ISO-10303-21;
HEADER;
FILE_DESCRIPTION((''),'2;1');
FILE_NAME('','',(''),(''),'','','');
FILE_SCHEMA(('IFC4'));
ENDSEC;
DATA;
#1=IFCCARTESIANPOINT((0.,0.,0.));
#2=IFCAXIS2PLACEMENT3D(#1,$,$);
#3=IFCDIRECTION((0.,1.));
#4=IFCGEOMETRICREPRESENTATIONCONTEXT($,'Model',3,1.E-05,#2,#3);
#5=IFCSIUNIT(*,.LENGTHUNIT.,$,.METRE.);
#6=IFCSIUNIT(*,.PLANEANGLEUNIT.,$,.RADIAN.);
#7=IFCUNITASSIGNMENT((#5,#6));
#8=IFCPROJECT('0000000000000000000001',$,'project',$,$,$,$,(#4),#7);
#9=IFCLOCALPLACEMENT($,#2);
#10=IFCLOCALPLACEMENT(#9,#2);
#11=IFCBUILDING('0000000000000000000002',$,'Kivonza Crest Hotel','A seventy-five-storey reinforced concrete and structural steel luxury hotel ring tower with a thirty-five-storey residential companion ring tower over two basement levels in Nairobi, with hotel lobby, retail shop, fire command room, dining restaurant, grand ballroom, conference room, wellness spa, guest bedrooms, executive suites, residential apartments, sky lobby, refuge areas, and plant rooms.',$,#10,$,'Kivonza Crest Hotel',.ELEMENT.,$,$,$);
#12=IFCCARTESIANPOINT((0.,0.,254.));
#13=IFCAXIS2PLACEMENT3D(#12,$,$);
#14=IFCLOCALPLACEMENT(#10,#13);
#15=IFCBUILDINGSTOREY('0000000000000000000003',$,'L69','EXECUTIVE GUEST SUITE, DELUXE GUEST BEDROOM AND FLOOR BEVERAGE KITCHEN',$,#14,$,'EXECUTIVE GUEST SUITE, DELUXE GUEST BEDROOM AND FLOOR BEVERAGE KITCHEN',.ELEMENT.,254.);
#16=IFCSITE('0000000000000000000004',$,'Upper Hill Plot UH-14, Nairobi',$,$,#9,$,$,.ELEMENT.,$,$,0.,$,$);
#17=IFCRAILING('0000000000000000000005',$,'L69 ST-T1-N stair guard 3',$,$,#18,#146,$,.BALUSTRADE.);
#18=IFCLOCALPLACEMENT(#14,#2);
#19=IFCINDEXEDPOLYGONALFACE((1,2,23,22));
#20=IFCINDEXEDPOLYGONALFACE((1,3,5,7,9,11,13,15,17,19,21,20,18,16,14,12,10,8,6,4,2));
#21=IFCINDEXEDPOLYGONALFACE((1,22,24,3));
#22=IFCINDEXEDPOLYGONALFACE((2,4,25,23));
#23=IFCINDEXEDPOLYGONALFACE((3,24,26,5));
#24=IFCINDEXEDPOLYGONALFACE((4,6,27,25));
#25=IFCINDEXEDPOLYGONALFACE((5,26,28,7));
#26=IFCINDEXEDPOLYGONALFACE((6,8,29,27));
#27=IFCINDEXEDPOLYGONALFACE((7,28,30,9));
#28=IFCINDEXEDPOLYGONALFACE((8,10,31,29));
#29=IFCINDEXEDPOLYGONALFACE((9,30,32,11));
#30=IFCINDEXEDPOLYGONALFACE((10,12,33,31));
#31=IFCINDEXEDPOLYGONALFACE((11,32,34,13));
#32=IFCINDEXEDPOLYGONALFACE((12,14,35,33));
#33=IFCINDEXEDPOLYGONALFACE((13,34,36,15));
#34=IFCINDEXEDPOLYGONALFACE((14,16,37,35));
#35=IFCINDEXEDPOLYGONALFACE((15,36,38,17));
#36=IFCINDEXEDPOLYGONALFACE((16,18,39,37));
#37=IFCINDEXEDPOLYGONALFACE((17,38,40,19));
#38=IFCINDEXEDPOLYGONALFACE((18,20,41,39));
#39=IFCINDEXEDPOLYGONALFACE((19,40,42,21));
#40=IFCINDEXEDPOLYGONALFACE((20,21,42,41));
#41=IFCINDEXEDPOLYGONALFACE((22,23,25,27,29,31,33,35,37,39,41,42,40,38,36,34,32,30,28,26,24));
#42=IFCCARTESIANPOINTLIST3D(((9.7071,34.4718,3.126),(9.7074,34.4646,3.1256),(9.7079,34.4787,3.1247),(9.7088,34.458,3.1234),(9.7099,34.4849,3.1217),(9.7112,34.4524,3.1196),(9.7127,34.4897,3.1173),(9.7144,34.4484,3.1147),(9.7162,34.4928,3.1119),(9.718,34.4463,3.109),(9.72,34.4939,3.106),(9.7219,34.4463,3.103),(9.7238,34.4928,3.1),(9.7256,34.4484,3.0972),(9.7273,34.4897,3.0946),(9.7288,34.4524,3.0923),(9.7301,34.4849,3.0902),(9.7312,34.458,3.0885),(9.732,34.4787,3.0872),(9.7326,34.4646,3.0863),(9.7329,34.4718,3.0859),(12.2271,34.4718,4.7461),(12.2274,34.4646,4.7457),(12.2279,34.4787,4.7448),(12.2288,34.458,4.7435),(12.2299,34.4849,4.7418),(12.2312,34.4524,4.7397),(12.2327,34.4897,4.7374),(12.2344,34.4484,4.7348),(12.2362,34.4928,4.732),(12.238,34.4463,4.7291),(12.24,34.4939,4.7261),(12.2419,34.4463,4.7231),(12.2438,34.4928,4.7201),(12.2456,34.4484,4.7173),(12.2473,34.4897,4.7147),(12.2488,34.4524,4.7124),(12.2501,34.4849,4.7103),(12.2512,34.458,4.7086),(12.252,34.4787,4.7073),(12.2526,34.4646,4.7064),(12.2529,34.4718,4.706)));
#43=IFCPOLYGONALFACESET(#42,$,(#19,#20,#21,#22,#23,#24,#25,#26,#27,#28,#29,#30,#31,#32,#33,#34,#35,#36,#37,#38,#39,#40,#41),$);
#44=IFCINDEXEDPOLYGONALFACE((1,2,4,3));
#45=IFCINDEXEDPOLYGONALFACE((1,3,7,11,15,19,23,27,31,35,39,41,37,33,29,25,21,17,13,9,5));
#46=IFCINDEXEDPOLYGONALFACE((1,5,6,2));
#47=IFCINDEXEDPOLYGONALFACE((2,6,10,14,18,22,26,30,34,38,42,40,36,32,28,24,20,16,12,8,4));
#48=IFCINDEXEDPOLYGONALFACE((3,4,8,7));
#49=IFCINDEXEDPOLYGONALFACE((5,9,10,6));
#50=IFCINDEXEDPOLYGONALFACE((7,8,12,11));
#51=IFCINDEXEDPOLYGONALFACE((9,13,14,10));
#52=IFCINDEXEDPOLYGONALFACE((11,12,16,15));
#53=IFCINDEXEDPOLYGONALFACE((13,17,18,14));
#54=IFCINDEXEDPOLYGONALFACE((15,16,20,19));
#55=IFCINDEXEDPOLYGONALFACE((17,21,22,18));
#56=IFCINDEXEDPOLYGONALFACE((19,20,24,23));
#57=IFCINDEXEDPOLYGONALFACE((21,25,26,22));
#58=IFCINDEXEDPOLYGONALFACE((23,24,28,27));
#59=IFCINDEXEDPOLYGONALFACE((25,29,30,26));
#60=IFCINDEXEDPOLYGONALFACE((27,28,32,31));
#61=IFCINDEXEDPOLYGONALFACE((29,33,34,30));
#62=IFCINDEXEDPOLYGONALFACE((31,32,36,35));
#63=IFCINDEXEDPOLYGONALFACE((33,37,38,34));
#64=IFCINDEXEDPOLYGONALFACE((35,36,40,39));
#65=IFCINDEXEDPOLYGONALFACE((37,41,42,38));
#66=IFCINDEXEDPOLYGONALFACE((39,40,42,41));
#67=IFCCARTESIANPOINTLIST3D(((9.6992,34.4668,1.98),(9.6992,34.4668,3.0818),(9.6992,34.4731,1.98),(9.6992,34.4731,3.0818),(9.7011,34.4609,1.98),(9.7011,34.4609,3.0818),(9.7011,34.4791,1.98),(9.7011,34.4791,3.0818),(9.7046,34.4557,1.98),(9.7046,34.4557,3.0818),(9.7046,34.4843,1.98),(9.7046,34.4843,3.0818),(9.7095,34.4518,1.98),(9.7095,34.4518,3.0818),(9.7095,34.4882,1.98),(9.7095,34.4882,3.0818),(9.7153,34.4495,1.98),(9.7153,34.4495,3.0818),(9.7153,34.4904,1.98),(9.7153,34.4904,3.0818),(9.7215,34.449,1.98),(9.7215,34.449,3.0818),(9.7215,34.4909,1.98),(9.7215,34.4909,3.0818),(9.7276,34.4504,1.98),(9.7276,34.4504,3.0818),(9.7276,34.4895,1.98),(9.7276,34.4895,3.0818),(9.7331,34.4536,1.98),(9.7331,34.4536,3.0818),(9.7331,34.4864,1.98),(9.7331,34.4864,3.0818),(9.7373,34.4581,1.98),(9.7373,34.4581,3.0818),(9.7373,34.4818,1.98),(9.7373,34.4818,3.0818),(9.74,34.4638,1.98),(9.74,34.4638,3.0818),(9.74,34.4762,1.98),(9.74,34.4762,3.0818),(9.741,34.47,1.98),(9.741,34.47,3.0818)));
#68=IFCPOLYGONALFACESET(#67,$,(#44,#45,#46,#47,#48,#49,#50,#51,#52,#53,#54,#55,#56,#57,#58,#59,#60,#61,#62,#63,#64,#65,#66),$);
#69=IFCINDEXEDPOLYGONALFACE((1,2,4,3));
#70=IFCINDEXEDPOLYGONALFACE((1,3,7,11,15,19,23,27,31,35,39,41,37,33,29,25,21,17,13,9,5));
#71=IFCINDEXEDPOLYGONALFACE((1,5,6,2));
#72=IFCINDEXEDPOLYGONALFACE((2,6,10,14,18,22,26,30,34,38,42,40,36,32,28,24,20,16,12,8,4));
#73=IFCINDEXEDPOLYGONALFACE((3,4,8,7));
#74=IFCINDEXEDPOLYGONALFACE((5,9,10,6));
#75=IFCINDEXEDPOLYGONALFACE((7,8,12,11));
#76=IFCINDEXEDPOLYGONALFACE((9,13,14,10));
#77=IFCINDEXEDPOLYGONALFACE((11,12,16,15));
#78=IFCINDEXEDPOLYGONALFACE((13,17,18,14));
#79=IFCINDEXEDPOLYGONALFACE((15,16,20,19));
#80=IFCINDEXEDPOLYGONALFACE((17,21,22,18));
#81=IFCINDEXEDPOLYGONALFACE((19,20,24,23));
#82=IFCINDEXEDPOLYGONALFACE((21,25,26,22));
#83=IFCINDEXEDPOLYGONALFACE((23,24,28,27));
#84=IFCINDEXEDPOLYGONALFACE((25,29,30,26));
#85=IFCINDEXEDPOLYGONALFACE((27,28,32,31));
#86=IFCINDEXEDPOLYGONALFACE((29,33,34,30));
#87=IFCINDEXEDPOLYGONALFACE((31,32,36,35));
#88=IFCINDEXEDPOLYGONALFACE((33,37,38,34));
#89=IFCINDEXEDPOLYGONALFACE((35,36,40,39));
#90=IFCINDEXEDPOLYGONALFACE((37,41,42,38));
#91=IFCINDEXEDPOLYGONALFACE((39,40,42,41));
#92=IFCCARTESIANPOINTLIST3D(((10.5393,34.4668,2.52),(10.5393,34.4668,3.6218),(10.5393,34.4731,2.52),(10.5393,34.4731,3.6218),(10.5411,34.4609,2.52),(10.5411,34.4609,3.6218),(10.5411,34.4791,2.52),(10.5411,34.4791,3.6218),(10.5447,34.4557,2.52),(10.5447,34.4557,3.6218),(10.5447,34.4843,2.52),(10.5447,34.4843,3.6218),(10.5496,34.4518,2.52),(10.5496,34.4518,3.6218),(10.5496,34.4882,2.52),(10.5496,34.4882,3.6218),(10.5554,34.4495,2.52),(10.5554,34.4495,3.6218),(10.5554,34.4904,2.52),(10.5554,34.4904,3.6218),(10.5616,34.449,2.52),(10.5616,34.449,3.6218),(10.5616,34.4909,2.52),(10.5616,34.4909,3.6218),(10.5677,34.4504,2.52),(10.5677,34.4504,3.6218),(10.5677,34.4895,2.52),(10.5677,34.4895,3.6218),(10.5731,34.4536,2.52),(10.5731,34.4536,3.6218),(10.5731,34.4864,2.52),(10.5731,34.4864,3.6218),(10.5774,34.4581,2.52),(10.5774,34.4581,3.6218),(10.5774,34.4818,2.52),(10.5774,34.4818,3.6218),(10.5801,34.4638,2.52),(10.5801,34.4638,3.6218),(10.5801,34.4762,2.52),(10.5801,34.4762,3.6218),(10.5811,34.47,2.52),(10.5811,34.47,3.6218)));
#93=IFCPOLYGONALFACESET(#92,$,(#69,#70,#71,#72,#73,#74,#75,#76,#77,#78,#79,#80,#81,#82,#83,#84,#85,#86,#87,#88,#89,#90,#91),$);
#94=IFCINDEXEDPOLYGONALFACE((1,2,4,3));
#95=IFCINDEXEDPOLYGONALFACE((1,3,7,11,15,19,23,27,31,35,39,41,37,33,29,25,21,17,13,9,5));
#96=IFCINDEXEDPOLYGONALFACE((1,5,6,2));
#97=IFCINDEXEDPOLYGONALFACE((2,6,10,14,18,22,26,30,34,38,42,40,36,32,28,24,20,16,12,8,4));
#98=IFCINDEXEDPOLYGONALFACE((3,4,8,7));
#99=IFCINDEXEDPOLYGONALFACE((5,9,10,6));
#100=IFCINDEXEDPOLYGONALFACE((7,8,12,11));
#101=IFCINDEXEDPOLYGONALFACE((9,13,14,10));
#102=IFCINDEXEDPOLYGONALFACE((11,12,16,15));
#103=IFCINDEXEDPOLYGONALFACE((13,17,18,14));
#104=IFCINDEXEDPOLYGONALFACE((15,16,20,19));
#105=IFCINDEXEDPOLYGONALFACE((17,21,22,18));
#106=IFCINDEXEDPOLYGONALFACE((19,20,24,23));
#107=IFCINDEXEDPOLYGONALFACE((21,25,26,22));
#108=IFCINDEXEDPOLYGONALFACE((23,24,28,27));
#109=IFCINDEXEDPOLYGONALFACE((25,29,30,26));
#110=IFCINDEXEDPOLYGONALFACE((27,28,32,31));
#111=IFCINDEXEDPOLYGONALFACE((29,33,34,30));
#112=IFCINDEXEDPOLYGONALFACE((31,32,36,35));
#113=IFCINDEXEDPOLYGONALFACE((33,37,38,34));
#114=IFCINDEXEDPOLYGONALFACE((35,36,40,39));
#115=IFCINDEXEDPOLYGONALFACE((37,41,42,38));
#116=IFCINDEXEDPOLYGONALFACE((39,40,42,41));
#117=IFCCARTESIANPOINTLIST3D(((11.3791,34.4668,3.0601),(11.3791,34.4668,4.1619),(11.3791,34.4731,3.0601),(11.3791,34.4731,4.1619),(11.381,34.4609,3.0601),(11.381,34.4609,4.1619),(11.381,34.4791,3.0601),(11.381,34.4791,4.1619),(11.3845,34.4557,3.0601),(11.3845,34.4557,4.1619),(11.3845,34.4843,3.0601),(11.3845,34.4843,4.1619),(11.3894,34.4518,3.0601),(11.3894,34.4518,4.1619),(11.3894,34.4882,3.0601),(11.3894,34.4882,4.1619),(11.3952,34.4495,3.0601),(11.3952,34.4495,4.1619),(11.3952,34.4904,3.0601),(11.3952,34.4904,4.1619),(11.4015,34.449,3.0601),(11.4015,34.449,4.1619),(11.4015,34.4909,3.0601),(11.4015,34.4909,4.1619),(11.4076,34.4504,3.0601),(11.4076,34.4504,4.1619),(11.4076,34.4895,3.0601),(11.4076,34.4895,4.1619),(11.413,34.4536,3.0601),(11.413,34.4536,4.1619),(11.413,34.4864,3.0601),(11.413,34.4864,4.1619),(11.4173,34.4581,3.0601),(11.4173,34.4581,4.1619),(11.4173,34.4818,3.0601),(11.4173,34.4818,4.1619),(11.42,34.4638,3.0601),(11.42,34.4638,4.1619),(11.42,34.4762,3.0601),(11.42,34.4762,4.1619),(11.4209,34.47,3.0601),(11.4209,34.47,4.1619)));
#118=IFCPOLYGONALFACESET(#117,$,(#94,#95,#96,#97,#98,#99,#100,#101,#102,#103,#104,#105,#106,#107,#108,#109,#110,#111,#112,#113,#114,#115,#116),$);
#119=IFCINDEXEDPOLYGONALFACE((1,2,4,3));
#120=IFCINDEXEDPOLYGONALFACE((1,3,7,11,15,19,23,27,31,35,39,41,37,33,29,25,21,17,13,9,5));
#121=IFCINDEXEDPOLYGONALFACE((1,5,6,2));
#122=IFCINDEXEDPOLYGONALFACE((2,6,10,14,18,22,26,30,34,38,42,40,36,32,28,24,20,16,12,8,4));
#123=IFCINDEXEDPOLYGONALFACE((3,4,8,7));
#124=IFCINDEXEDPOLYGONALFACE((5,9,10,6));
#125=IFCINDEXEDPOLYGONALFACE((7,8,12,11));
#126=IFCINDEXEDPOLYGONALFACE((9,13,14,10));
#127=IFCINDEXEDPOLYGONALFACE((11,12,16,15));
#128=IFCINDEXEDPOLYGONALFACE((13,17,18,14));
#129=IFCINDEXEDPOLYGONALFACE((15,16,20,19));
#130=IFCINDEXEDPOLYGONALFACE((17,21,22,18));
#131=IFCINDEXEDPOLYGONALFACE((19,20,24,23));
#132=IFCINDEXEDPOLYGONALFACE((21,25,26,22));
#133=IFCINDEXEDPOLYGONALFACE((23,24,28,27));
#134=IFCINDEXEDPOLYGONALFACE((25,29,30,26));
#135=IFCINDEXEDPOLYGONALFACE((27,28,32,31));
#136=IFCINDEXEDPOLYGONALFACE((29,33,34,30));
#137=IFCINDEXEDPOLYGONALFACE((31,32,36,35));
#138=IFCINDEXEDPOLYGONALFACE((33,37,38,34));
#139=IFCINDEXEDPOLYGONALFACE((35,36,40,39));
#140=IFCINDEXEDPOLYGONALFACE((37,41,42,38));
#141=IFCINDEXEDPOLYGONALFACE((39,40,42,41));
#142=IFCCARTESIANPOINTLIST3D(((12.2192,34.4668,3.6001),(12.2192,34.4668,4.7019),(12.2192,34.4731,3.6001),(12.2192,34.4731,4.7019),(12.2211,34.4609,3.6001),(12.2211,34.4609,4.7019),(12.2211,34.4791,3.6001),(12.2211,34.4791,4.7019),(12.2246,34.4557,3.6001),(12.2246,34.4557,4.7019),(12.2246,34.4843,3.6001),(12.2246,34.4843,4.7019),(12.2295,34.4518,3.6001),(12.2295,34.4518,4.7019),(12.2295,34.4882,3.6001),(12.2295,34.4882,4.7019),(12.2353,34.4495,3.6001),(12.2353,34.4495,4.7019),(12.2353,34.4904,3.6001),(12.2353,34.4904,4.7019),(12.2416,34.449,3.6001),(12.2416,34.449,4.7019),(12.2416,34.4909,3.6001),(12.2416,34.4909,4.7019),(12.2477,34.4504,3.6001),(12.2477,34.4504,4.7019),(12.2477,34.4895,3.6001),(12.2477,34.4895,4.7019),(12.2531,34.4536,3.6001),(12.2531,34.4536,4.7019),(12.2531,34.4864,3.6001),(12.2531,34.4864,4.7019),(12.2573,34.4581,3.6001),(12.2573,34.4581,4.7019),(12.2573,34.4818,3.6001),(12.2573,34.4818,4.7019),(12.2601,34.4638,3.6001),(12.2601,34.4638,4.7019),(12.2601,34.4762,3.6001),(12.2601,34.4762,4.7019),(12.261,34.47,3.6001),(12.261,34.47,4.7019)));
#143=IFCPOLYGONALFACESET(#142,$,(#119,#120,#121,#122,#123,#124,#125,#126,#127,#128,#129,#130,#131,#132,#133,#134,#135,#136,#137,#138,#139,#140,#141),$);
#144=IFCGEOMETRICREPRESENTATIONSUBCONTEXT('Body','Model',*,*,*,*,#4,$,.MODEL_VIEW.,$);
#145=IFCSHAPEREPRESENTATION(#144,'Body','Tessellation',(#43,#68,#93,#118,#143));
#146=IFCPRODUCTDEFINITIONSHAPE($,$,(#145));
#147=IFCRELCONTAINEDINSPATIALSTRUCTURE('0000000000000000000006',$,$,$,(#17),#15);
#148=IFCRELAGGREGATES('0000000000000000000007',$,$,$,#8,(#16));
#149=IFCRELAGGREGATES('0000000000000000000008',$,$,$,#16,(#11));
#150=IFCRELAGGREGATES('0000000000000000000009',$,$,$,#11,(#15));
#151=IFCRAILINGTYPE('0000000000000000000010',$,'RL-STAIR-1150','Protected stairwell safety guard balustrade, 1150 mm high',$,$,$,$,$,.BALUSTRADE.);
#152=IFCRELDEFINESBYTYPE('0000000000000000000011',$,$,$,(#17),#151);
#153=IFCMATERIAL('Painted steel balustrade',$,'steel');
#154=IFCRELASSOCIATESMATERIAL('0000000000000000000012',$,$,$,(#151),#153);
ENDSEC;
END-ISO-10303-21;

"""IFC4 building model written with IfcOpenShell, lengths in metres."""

from ifc_helpers import new_model, si_unit, direction, frame, origin, origin_2d, place, context, subcontext, project, spatial, circle, extrude, material, type_object, element, save


model = new_model("IFC4")

# Units and contexts
model_context = context("Model", 3, precision=1e-05, world=origin(), true_north=direction((0.0, 1.0)))
body_context = subcontext(model_context, "Body", "Model", "MODEL_VIEW")
ifc_project = project(units=[si_unit("LENGTHUNIT", "METRE"), si_unit("PLANEANGLEUNIT", "RADIAN")], contexts=[model_context])

# Site, building, storey
site_placement = place(None, origin())
site = spatial("IfcSite", under=ifc_project, at=site_placement, Name="Upper Hill Plot UH-14, Nairobi", CompositionType="ELEMENT", RefElevation=0.0)
building_placement = place(site_placement, origin())
building = spatial("IfcBuilding", under=site, at=building_placement, Name="Kivonza Crest Hotel", Description="A seventy-five-storey reinforced concrete and structural steel luxury hotel ring tower with a thirty-five-storey residential companion ring tower over two basement levels in Nairobi, with hotel lobby, retail shop, fire command room, dining restaurant, grand ballroom, conference room, wellness spa, guest bedrooms, executive suites, residential apartments, sky lobby, refuge areas, and plant rooms.", LongName="Kivonza Crest Hotel", CompositionType="ELEMENT")
storey_placement = place(building_placement, frame((0.0, 0.0, 254.0)))
storey = spatial("IfcBuildingStorey", under=building, at=storey_placement, Name="L69", Description="EXECUTIVE GUEST SUITE, DELUXE GUEST BEDROOM AND FLOOR BEVERAGE KITCHEN", LongName="EXECUTIVE GUEST SUITE, DELUXE GUEST BEDROOM AND FLOOR BEVERAGE KITCHEN", CompositionType="ELEMENT", Elevation=254.0)

# Railing
ifc_material_1 = material(Name="Painted steel balustrade", Category="steel")
railing_type_1 = type_object("IfcRailingType", Name="RL-STAIR-1150", Description="Protected stairwell safety guard balustrade, 1150 mm high", PredefinedType="BALUSTRADE", material=ifc_material_1)
railing_1_placement = place(storey_placement, frame((9.72, 34.47, 1.98)))
element("IfcRailing", 1, at=railing_1_placement, inside=storey, type_object=railing_type_1, Name="L69 ST-T1-N stair guard 3", PredefinedType="BALUSTRADE", context=body_context, shape_type="SweptSolid", body=[
    extrude(circle(Radius=0.0239, at=origin_2d()), frame((0.0, 0.0, 1.126), z_axis=(0.841163, 0.0, 0.540782), x_axis=(0.0, 1.0, 0.0)), (0.0, 0.0, 1.0), 2.9958),
    extrude(circle(Radius=0.021, at=origin_2d()), origin(), (0.0, 0.0, 1.0), 1.1018),
    extrude(circle(Radius=0.021, at=origin_2d()), frame((0.8401, 0.0, 0.54)), (0.0, 0.0, 1.0), 1.1018),
    extrude(circle(Radius=0.021, at=origin_2d()), frame((1.6799, 0.0, 1.0801)), (0.0, 0.0, 1.0), 1.1018),
    extrude(circle(Radius=0.021, at=origin_2d()), frame((2.52, 0.0, 1.6201)), (0.0, 0.0, 1.0), 1.1018),
])

save(model, "model.ifc")
